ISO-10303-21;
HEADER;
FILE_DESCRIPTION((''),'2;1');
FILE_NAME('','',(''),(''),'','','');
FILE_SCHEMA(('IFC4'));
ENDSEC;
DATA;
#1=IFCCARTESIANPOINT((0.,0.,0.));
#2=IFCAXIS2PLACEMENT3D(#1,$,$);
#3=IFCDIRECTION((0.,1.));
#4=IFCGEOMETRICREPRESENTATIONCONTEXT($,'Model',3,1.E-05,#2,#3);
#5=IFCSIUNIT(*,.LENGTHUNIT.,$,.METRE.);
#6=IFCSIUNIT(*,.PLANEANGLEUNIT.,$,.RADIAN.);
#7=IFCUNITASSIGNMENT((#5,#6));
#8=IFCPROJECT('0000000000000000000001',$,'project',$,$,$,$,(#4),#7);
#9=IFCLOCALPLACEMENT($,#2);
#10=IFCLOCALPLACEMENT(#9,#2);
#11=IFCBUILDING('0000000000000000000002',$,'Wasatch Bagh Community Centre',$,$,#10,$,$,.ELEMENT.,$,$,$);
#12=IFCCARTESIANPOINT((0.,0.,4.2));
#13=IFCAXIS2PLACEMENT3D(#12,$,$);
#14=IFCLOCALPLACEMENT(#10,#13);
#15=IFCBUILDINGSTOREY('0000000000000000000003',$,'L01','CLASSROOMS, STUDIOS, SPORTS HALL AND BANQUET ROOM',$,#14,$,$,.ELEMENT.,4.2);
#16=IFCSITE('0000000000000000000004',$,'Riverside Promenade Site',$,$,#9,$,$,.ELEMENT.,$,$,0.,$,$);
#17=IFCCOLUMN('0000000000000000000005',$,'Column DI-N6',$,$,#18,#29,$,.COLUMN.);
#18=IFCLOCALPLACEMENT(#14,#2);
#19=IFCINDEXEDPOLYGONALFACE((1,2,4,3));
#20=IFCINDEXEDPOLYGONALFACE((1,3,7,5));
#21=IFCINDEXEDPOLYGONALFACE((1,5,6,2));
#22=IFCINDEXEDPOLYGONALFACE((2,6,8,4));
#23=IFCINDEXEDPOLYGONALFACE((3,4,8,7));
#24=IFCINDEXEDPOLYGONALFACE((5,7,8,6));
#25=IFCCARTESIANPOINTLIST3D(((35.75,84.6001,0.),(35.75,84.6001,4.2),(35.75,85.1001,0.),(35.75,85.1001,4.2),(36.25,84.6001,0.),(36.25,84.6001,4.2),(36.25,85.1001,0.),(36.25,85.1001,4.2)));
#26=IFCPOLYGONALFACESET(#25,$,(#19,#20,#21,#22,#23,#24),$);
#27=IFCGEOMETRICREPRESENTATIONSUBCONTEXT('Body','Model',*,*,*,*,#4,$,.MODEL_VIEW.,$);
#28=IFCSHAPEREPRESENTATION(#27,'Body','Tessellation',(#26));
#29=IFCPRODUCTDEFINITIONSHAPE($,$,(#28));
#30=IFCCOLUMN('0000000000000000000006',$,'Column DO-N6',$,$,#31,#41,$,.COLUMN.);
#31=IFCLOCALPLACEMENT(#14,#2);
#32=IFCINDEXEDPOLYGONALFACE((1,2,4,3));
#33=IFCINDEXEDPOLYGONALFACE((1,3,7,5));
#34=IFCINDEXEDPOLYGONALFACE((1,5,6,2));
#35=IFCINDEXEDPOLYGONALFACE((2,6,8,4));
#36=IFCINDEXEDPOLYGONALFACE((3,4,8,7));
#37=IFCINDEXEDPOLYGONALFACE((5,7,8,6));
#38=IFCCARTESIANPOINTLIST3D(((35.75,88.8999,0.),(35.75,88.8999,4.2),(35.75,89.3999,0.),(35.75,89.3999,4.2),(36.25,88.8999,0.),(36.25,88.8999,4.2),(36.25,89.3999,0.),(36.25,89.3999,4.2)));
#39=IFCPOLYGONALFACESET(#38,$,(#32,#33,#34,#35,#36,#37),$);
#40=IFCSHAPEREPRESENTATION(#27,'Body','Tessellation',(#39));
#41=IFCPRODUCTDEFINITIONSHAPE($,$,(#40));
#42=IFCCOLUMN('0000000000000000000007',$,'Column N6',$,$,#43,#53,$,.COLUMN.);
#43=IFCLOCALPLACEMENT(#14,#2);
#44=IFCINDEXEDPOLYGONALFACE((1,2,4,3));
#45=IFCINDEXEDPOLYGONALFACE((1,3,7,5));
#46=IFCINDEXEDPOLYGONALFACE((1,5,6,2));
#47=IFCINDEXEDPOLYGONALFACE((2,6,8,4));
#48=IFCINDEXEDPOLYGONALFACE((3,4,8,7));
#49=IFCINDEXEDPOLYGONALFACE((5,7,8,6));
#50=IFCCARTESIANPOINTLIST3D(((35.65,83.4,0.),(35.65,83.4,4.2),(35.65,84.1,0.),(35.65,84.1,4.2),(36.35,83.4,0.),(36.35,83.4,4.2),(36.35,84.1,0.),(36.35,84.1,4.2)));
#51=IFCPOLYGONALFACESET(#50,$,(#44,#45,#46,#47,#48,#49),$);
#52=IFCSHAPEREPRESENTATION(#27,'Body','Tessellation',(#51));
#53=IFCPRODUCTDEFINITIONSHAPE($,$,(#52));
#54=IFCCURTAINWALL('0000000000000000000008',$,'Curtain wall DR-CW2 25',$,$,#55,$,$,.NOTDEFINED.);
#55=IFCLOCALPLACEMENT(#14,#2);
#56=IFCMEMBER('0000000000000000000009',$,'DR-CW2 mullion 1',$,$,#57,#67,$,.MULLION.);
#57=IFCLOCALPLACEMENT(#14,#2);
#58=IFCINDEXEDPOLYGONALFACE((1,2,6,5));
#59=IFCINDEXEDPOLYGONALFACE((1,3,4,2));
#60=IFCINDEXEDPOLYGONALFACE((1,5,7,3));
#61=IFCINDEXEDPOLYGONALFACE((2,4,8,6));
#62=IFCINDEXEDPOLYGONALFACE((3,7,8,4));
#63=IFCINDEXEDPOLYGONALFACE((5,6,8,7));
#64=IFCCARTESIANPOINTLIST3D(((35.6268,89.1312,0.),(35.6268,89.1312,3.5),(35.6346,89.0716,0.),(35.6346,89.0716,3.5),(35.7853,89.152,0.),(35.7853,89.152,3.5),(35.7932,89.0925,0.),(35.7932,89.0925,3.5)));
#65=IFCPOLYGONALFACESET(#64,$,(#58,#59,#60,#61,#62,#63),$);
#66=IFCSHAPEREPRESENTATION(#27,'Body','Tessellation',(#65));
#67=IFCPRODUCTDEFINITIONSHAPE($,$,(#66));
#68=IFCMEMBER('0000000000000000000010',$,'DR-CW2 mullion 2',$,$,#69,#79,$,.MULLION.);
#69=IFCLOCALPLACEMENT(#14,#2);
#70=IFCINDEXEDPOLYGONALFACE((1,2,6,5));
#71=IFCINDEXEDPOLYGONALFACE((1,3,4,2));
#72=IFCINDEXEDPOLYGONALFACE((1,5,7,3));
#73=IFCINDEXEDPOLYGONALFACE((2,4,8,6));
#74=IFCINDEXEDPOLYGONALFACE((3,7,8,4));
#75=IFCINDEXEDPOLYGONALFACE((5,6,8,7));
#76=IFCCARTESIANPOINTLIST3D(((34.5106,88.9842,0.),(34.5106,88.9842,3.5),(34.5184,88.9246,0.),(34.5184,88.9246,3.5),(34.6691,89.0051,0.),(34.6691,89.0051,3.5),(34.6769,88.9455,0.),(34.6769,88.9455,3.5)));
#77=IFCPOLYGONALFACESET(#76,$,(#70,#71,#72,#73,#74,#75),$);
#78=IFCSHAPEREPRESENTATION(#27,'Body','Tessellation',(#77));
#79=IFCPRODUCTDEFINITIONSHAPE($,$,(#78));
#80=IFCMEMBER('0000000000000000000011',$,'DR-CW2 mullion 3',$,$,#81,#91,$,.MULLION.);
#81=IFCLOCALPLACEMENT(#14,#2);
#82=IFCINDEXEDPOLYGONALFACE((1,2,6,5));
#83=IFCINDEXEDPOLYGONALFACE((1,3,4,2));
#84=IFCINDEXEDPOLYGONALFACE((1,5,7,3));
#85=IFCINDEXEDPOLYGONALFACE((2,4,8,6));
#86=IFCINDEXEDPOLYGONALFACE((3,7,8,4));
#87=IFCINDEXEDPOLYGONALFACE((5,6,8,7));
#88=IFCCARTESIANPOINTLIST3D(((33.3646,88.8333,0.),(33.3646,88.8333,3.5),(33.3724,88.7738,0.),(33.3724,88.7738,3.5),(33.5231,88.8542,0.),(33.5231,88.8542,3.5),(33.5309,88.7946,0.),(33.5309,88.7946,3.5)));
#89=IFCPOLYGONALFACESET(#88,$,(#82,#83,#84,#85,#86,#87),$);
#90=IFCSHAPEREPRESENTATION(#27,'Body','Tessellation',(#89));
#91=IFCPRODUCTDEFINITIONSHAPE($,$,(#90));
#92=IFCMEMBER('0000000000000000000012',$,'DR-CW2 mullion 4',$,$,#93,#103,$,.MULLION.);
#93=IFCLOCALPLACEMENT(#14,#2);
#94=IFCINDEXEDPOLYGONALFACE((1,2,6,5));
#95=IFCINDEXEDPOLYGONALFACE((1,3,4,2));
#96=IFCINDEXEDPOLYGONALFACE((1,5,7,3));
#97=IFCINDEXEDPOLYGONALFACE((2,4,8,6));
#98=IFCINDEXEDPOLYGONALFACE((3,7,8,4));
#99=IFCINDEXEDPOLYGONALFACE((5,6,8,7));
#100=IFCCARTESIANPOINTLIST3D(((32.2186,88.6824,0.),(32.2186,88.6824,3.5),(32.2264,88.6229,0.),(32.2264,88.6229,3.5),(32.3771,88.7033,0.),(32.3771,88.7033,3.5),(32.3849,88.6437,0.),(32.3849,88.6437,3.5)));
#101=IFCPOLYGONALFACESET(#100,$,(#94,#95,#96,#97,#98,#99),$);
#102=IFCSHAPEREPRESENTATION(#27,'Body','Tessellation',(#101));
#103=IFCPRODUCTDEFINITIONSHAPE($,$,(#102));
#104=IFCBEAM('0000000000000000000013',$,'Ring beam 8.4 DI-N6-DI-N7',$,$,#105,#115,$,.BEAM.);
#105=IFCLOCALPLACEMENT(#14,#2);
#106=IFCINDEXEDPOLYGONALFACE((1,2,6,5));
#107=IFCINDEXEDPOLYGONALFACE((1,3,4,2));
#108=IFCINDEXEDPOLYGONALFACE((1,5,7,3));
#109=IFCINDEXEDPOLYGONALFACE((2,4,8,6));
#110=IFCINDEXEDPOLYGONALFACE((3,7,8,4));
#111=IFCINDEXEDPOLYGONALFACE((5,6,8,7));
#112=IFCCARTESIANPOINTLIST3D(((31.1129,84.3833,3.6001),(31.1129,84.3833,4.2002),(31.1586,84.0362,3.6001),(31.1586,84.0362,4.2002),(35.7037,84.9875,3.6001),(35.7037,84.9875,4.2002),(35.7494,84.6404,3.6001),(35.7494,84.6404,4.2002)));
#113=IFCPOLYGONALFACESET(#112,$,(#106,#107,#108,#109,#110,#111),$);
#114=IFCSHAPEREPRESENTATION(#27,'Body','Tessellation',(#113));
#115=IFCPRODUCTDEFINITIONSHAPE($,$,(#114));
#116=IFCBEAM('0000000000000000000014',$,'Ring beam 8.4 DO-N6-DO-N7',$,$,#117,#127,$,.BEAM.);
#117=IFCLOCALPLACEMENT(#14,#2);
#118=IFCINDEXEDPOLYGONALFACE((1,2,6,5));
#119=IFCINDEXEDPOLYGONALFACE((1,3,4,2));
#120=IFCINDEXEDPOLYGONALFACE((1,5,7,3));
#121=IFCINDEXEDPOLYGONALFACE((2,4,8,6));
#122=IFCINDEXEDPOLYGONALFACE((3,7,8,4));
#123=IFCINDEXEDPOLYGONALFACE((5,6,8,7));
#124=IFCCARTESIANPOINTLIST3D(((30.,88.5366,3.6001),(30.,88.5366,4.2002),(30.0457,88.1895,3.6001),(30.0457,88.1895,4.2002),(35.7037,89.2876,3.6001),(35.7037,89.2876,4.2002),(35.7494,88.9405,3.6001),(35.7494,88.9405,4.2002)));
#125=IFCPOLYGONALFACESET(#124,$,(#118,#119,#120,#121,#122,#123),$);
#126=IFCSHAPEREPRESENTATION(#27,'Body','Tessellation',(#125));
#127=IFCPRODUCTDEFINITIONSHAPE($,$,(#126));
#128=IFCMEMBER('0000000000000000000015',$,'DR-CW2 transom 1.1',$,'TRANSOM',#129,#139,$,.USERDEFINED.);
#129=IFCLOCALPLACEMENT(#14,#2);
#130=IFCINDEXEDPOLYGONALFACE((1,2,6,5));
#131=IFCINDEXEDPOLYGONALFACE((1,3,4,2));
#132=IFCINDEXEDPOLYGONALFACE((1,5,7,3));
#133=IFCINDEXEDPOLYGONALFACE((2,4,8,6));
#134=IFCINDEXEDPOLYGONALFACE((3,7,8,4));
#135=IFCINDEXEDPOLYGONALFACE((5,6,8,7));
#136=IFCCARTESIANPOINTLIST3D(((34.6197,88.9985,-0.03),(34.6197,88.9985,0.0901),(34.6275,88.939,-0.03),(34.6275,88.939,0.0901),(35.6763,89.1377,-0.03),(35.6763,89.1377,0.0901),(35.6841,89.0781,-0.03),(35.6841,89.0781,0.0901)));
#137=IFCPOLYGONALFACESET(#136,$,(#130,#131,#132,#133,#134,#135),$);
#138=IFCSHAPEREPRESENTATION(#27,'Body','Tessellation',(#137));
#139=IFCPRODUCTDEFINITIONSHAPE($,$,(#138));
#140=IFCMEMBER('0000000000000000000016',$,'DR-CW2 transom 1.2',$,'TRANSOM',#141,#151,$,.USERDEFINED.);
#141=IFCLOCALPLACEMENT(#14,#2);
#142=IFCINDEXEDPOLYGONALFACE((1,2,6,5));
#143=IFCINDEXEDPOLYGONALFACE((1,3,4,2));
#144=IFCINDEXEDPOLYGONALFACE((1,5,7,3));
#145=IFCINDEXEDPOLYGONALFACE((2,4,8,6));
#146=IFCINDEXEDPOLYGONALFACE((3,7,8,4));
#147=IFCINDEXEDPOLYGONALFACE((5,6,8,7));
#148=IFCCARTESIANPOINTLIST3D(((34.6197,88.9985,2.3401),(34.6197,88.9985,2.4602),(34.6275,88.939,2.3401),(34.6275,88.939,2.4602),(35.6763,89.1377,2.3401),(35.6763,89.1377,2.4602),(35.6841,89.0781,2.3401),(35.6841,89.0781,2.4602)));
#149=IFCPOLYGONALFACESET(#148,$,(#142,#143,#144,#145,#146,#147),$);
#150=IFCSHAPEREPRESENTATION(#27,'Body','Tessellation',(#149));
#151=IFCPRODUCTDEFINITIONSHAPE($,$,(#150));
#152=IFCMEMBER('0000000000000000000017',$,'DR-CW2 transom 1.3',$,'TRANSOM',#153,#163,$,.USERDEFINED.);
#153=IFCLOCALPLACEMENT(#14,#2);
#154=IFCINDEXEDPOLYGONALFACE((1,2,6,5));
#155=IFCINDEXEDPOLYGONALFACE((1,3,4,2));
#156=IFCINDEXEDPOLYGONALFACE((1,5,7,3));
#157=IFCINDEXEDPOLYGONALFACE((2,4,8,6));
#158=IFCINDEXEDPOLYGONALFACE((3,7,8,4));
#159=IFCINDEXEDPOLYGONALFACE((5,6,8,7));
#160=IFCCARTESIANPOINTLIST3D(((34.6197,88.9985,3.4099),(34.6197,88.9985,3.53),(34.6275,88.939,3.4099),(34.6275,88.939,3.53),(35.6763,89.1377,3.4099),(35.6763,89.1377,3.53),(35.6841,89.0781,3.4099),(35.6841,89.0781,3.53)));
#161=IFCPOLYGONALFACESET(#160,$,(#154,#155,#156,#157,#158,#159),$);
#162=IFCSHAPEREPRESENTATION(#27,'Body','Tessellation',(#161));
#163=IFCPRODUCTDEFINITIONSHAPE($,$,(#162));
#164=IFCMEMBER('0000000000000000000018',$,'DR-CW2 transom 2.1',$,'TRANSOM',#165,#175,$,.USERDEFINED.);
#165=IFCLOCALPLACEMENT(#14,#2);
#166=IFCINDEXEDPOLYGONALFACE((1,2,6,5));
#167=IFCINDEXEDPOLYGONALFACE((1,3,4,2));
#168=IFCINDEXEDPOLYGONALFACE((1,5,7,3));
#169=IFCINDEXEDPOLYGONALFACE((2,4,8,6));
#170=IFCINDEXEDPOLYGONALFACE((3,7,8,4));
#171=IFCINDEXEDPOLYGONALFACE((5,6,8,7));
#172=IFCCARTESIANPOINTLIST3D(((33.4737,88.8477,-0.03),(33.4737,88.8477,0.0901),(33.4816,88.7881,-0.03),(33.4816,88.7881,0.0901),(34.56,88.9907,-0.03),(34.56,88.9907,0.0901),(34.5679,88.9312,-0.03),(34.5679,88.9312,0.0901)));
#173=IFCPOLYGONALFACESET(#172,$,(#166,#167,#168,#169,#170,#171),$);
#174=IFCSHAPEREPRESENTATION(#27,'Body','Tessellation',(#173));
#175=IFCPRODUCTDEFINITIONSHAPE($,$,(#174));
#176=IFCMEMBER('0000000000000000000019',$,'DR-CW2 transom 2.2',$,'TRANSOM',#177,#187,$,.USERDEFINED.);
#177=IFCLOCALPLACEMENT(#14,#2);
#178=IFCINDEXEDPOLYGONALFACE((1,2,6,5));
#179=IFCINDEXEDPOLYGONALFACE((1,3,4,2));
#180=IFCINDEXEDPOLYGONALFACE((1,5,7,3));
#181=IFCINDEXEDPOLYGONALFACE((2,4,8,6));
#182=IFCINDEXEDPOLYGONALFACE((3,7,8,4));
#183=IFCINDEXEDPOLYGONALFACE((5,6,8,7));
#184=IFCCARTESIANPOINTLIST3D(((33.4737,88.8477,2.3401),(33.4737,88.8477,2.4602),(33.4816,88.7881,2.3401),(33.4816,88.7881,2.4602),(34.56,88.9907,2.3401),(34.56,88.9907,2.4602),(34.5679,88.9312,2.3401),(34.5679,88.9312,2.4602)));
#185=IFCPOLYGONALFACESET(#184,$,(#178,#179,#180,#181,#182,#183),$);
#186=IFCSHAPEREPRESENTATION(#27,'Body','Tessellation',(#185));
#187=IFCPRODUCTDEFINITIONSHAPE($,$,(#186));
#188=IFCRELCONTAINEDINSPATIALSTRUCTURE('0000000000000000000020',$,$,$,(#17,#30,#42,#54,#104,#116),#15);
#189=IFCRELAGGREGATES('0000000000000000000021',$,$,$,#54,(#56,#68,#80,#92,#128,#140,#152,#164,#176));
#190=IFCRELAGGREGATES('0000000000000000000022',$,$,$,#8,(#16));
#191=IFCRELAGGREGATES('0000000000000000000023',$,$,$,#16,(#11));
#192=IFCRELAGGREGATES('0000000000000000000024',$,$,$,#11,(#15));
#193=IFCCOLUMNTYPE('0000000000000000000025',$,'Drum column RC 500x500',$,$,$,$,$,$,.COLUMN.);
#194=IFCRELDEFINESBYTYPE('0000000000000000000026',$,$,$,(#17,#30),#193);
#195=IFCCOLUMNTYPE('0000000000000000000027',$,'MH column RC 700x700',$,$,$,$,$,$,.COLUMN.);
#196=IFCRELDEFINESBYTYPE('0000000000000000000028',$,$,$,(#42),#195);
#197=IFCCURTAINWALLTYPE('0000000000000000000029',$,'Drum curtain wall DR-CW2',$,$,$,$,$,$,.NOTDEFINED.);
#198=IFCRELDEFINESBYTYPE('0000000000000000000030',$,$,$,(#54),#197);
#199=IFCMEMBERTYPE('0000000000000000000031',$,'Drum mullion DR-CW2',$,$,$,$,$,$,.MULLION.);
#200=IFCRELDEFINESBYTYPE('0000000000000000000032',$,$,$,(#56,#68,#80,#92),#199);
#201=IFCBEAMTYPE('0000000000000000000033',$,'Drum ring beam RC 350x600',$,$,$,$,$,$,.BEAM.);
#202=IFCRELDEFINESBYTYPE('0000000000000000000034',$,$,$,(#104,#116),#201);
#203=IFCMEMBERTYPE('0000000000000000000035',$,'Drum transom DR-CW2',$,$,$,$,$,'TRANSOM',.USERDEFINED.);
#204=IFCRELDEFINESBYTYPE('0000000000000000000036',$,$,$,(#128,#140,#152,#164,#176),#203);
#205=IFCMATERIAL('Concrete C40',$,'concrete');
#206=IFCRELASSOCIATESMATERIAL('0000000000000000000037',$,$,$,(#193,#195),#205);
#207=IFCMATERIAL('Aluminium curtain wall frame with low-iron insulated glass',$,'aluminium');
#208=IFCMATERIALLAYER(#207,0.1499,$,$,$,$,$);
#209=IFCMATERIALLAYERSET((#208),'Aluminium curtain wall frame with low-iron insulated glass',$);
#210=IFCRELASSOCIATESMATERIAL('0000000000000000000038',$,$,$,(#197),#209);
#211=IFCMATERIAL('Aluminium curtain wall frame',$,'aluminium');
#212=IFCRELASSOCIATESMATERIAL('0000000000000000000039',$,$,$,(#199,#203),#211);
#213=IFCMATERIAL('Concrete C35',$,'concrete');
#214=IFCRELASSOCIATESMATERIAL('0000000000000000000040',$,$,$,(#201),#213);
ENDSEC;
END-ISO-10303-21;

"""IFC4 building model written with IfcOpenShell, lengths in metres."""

from ifc_helpers import new_model, si_unit, direction, frame, origin, origin_2d, place, context, subcontext, project, spatial, rectangle, extrude, material, layer, layer_set, material_profile, profile_set, type_object, element, aggregate, save


model = new_model("IFC4")

# Units and contexts
model_context = context("Model", 3, precision=1e-05, world=origin(), true_north=direction((0.0, 1.0)))
body_context = subcontext(model_context, "Body", "Model", "MODEL_VIEW")
ifc_project = project(units=[si_unit("LENGTHUNIT", "METRE"), si_unit("PLANEANGLEUNIT", "RADIAN")], contexts=[model_context])

# Site, building, storey
site_placement = place(None, origin())
site = spatial("IfcSite", under=ifc_project, at=site_placement, Name="Riverside Promenade Site", CompositionType="ELEMENT", RefElevation=0.0)
building_placement = place(site_placement, origin())
building = spatial("IfcBuilding", under=site, at=building_placement, Name="Wasatch Bagh Community Centre", CompositionType="ELEMENT")
storey_placement = place(building_placement, frame((0.0, 0.0, 4.2)))
storey = spatial("IfcBuildingStorey", under=building, at=storey_placement, Name="L01", Description="CLASSROOMS, STUDIOS, SPORTS HALL AND BANQUET ROOM", CompositionType="ELEMENT", Elevation=4.2)

# Columns
ifc_material_1 = material(Name="Concrete C40", Category="concrete")
ifc_material_profile_1 = material_profile(ifc_material_1, rectangle(XDim=0.5, YDim=0.5, at=origin_2d()), Name="RC 500x500")
ifc_profile_set_1 = profile_set([ifc_material_profile_1], Name="Concrete C40")
column_type_1 = type_object("IfcColumnType", Name="Drum column RC 500x500", PredefinedType="COLUMN", material=ifc_profile_set_1)
for number, where, z_axis, x_axis, name in (
    (1, (36.0, 84.8501, 0.0), (0.0, 0.0, 1.0), (1.0, 0.0, 0.0), "Column DI-N6"),
    (2, (36.0, 89.1499, 0.0), (0.0, 0.0, 1.0), (1.0, 0.0, 0.0), "Column DO-N6"),
):
    element("IfcColumn", number, at=place(storey_placement, frame(where, z_axis=z_axis, x_axis=x_axis)), inside=storey, type_object=column_type_1, Name=name, PredefinedType="COLUMN", context=body_context, shape_type="SweptSolid", body=[
        extrude(rectangle(XDim=0.5, YDim=0.5, at=origin_2d()), origin(), (0.0, 0.0, 1.0), 4.2),
    ])
ifc_material_profile_2 = material_profile(ifc_material_1, rectangle(XDim=0.7, YDim=0.7, at=origin_2d()), Name="RC 700x700")
ifc_profile_set_2 = profile_set([ifc_material_profile_2], Name="Concrete C40")
column_type_2 = type_object("IfcColumnType", Name="MH column RC 700x700", PredefinedType="COLUMN", material=ifc_profile_set_2)
column_placement = place(storey_placement, frame((36.0, 83.75, 0.0), z_axis=(0.0, 0.0, 1.0), x_axis=(1.0, 0.0, 0.0)))
element("IfcColumn", 3, at=column_placement, inside=storey, type_object=column_type_2, Name="Column N6", PredefinedType="COLUMN", context=body_context, shape_type="SweptSolid", body=[
    extrude(rectangle(XDim=0.7, YDim=0.7, at=origin_2d()), origin(), (0.0, 0.0, 1.0), 4.2),
])

# Curtain wall, members
ifc_material_2 = material(Name="Aluminium curtain wall frame with low-iron insulated glass", Category="aluminium")
ifc_layer_1 = layer(ifc_material_2, 0.1499)
ifc_layer_set_1 = layer_set([ifc_layer_1], Name="Aluminium curtain wall frame with low-iron insulated glass")
curtain_wall_type = type_object("IfcCurtainWallType", Name="Drum curtain wall DR-CW2", PredefinedType="NOTDEFINED", material=ifc_layer_set_1)
curtain_wall_placement = place(storey_placement, origin())
curtain_wall = element("IfcCurtainWall", 4, at=curtain_wall_placement, inside=storey, type_object=curtain_wall_type, Name="Curtain wall DR-CW2 25", PredefinedType="NOTDEFINED")
ifc_material_3 = material(Name="Aluminium curtain wall frame", Category="aluminium")
ifc_material_profile_3 = material_profile(ifc_material_3, rectangle(XDim=0.0601, YDim=0.1599, at=origin_2d()), Name="Drum mullion DR-CW2")
ifc_profile_set_3 = profile_set([ifc_material_profile_3], Name="Aluminium curtain wall frame")
member_type_1 = type_object("IfcMemberType", Name="Drum mullion DR-CW2", PredefinedType="MULLION", material=ifc_profile_set_3)
member_1_placement = place(storey_placement, frame((35.71, 89.1118, 0.0), z_axis=(0.0, 0.0, 1.0), x_axis=(0.130526, -0.991445, 0.0)))
member_1 = element("IfcMember", 5, at=member_1_placement, type_object=member_type_1, Name="DR-CW2 mullion 1", PredefinedType="MULLION", context=body_context, shape_type="SweptSolid", body=[
    extrude(rectangle(XDim=0.0601, YDim=0.1599, at=origin_2d()), origin(), (0.0, 0.0, 1.0), 3.5),
])
member_2_placement = place(storey_placement, frame((34.5938, 88.9648, 0.0), z_axis=(0.0, 0.0, 1.0), x_axis=(0.130526, -0.991445, 0.0)))
member_2 = element("IfcMember", 6, at=member_2_placement, type_object=member_type_1, Name="DR-CW2 mullion 2", PredefinedType="MULLION", context=body_context, shape_type="SweptSolid", body=[
    extrude(rectangle(XDim=0.0601, YDim=0.1599, at=origin_2d()), origin(), (0.0, 0.0, 1.0), 3.5),
])
member_3_placement = place(storey_placement, frame((33.4478, 88.814, 0.0), z_axis=(0.0, 0.0, 1.0), x_axis=(0.130526, -0.991445, 0.0)))
member_3 = element("IfcMember", 7, at=member_3_placement, type_object=member_type_1, Name="DR-CW2 mullion 3", PredefinedType="MULLION", context=body_context, shape_type="SweptSolid", body=[
    extrude(rectangle(XDim=0.0601, YDim=0.1599, at=origin_2d()), origin(), (0.0, 0.0, 1.0), 3.5),
])
member_4_placement = place(storey_placement, frame((32.3018, 88.6631, 0.0), z_axis=(0.0, 0.0, 1.0), x_axis=(0.130526, -0.991445, 0.0)))
member_4 = element("IfcMember", 8, at=member_4_placement, type_object=member_type_1, Name="DR-CW2 mullion 4", PredefinedType="MULLION", context=body_context, shape_type="SweptSolid", body=[
    extrude(rectangle(XDim=0.0601, YDim=0.1599, at=origin_2d()), origin(), (0.0, 0.0, 1.0), 3.5),
])

# Beams
ifc_material_4 = material(Name="Concrete C35", Category="concrete")
ifc_material_profile_4 = material_profile(ifc_material_4, rectangle(XDim=0.3501, YDim=0.6001, at=origin_2d()), Name="RC 350x600")
ifc_profile_set_4 = profile_set([ifc_material_profile_4], Name="Concrete C35")
beam_type_1 = type_object("IfcBeamType", Name="Drum ring beam RC 350x600", PredefinedType="BEAM", material=ifc_profile_set_4)
beam_1_placement = place(storey_placement, frame((35.7266, 84.814, 3.9001), z_axis=(-0.991449, -0.130495, 0.0), x_axis=(0.130495, -0.991449, 0.0)))
element("IfcBeam", 9, at=beam_1_placement, inside=storey, type_object=beam_type_1, Name="Ring beam 8.4 DI-N6-DI-N7", PredefinedType="BEAM", context=body_context, shape_type="SweptSolid", body=[
    extrude(rectangle(XDim=0.3501, YDim=0.6001, at=origin_2d()), origin(), (0.0, 0.0, 1.0), 4.6304),
])
beam_2_placement = place(storey_placement, frame((35.7266, 89.114, 3.9001), z_axis=(-0.991443, -0.13054, 0.0), x_axis=(0.13054, -0.991443, 0.0)))
element("IfcBeam", 10, at=beam_2_placement, inside=storey, type_object=beam_type_1, Name="Ring beam 8.4 DO-N6-DO-N7", PredefinedType="BEAM", context=body_context, shape_type="SweptSolid", body=[
    extrude(rectangle(XDim=0.3501, YDim=0.6001, at=origin_2d()), origin(), (0.0, 0.0, 1.0), 5.7529),
])

# Members
ifc_material_profile_5 = material_profile(ifc_material_3, rectangle(XDim=0.0601, YDim=0.1201, at=origin_2d()), Name="Drum transom DR-CW2")
ifc_profile_set_5 = profile_set([ifc_material_profile_5], Name="Aluminium curtain wall frame")
member_type_2 = type_object("IfcMemberType", Name="Drum transom DR-CW2", ElementType="TRANSOM", PredefinedType="USERDEFINED", material=ifc_profile_set_5)
member_5_placement = place(storey_placement, frame((35.6802, 89.1079, 0.03), z_axis=(-0.991439, -0.130573, 0.0), x_axis=(0.130573, -0.991439, 0.0)))
member_5 = element("IfcMember", 11, at=member_5_placement, type_object=member_type_2, Name="DR-CW2 transom 1.1", ObjectType="TRANSOM", PredefinedType="USERDEFINED", context=body_context, shape_type="SweptSolid", body=[
    extrude(rectangle(XDim=0.0601, YDim=0.1201, at=origin_2d()), origin(), (0.0, 0.0, 1.0), 1.0657),
])
member_6_placement = place(storey_placement, frame((35.6802, 89.1079, 2.4001), z_axis=(-0.991439, -0.130573, 0.0), x_axis=(0.130573, -0.991439, 0.0)))
member_6 = element("IfcMember", 12, at=member_6_placement, type_object=member_type_2, Name="DR-CW2 transom 1.2", ObjectType="TRANSOM", PredefinedType="USERDEFINED", context=body_context, shape_type="SweptSolid", body=[
    extrude(rectangle(XDim=0.0601, YDim=0.1201, at=origin_2d()), origin(), (0.0, 0.0, 1.0), 1.0657),
])
member_7_placement = place(storey_placement, frame((35.6802, 89.1079, 3.47), z_axis=(-0.991439, -0.130573, 0.0), x_axis=(0.130573, -0.991439, 0.0)))
member_7 = element("IfcMember", 13, at=member_7_placement, type_object=member_type_2, Name="DR-CW2 transom 1.3", ObjectType="TRANSOM", PredefinedType="USERDEFINED", context=body_context, shape_type="SweptSolid", body=[
    extrude(rectangle(XDim=0.0601, YDim=0.1201, at=origin_2d()), origin(), (0.0, 0.0, 1.0), 1.0657),
])
member_8_placement = place(storey_placement, frame((34.564, 88.9609, 0.03), z_axis=(-0.991441, -0.130558, 0.0), x_axis=(0.130558, -0.991441, 0.0)))
member_8 = element("IfcMember", 14, at=member_8_placement, type_object=member_type_2, Name="DR-CW2 transom 2.1", ObjectType="TRANSOM", PredefinedType="USERDEFINED", context=body_context, shape_type="SweptSolid", body=[
    extrude(rectangle(XDim=0.0601, YDim=0.1201, at=origin_2d()), origin(), (0.0, 0.0, 1.0), 1.0957),
])
member_9_placement = place(storey_placement, frame((34.564, 88.9609, 2.4001), z_axis=(-0.991441, -0.130558, 0.0), x_axis=(0.130558, -0.991441, 0.0)))
member_9 = element("IfcMember", 15, at=member_9_placement, type_object=member_type_2, Name="DR-CW2 transom 2.2", ObjectType="TRANSOM", PredefinedType="USERDEFINED", context=body_context, shape_type="SweptSolid", body=[
    extrude(rectangle(XDim=0.0601, YDim=0.1201, at=origin_2d()), origin(), (0.0, 0.0, 1.0), 1.0957),
])

aggregate(curtain_wall, [member_1, member_2, member_3, member_4, member_5, member_6, member_7, member_8, member_9])

save(model, "model.ifc")
